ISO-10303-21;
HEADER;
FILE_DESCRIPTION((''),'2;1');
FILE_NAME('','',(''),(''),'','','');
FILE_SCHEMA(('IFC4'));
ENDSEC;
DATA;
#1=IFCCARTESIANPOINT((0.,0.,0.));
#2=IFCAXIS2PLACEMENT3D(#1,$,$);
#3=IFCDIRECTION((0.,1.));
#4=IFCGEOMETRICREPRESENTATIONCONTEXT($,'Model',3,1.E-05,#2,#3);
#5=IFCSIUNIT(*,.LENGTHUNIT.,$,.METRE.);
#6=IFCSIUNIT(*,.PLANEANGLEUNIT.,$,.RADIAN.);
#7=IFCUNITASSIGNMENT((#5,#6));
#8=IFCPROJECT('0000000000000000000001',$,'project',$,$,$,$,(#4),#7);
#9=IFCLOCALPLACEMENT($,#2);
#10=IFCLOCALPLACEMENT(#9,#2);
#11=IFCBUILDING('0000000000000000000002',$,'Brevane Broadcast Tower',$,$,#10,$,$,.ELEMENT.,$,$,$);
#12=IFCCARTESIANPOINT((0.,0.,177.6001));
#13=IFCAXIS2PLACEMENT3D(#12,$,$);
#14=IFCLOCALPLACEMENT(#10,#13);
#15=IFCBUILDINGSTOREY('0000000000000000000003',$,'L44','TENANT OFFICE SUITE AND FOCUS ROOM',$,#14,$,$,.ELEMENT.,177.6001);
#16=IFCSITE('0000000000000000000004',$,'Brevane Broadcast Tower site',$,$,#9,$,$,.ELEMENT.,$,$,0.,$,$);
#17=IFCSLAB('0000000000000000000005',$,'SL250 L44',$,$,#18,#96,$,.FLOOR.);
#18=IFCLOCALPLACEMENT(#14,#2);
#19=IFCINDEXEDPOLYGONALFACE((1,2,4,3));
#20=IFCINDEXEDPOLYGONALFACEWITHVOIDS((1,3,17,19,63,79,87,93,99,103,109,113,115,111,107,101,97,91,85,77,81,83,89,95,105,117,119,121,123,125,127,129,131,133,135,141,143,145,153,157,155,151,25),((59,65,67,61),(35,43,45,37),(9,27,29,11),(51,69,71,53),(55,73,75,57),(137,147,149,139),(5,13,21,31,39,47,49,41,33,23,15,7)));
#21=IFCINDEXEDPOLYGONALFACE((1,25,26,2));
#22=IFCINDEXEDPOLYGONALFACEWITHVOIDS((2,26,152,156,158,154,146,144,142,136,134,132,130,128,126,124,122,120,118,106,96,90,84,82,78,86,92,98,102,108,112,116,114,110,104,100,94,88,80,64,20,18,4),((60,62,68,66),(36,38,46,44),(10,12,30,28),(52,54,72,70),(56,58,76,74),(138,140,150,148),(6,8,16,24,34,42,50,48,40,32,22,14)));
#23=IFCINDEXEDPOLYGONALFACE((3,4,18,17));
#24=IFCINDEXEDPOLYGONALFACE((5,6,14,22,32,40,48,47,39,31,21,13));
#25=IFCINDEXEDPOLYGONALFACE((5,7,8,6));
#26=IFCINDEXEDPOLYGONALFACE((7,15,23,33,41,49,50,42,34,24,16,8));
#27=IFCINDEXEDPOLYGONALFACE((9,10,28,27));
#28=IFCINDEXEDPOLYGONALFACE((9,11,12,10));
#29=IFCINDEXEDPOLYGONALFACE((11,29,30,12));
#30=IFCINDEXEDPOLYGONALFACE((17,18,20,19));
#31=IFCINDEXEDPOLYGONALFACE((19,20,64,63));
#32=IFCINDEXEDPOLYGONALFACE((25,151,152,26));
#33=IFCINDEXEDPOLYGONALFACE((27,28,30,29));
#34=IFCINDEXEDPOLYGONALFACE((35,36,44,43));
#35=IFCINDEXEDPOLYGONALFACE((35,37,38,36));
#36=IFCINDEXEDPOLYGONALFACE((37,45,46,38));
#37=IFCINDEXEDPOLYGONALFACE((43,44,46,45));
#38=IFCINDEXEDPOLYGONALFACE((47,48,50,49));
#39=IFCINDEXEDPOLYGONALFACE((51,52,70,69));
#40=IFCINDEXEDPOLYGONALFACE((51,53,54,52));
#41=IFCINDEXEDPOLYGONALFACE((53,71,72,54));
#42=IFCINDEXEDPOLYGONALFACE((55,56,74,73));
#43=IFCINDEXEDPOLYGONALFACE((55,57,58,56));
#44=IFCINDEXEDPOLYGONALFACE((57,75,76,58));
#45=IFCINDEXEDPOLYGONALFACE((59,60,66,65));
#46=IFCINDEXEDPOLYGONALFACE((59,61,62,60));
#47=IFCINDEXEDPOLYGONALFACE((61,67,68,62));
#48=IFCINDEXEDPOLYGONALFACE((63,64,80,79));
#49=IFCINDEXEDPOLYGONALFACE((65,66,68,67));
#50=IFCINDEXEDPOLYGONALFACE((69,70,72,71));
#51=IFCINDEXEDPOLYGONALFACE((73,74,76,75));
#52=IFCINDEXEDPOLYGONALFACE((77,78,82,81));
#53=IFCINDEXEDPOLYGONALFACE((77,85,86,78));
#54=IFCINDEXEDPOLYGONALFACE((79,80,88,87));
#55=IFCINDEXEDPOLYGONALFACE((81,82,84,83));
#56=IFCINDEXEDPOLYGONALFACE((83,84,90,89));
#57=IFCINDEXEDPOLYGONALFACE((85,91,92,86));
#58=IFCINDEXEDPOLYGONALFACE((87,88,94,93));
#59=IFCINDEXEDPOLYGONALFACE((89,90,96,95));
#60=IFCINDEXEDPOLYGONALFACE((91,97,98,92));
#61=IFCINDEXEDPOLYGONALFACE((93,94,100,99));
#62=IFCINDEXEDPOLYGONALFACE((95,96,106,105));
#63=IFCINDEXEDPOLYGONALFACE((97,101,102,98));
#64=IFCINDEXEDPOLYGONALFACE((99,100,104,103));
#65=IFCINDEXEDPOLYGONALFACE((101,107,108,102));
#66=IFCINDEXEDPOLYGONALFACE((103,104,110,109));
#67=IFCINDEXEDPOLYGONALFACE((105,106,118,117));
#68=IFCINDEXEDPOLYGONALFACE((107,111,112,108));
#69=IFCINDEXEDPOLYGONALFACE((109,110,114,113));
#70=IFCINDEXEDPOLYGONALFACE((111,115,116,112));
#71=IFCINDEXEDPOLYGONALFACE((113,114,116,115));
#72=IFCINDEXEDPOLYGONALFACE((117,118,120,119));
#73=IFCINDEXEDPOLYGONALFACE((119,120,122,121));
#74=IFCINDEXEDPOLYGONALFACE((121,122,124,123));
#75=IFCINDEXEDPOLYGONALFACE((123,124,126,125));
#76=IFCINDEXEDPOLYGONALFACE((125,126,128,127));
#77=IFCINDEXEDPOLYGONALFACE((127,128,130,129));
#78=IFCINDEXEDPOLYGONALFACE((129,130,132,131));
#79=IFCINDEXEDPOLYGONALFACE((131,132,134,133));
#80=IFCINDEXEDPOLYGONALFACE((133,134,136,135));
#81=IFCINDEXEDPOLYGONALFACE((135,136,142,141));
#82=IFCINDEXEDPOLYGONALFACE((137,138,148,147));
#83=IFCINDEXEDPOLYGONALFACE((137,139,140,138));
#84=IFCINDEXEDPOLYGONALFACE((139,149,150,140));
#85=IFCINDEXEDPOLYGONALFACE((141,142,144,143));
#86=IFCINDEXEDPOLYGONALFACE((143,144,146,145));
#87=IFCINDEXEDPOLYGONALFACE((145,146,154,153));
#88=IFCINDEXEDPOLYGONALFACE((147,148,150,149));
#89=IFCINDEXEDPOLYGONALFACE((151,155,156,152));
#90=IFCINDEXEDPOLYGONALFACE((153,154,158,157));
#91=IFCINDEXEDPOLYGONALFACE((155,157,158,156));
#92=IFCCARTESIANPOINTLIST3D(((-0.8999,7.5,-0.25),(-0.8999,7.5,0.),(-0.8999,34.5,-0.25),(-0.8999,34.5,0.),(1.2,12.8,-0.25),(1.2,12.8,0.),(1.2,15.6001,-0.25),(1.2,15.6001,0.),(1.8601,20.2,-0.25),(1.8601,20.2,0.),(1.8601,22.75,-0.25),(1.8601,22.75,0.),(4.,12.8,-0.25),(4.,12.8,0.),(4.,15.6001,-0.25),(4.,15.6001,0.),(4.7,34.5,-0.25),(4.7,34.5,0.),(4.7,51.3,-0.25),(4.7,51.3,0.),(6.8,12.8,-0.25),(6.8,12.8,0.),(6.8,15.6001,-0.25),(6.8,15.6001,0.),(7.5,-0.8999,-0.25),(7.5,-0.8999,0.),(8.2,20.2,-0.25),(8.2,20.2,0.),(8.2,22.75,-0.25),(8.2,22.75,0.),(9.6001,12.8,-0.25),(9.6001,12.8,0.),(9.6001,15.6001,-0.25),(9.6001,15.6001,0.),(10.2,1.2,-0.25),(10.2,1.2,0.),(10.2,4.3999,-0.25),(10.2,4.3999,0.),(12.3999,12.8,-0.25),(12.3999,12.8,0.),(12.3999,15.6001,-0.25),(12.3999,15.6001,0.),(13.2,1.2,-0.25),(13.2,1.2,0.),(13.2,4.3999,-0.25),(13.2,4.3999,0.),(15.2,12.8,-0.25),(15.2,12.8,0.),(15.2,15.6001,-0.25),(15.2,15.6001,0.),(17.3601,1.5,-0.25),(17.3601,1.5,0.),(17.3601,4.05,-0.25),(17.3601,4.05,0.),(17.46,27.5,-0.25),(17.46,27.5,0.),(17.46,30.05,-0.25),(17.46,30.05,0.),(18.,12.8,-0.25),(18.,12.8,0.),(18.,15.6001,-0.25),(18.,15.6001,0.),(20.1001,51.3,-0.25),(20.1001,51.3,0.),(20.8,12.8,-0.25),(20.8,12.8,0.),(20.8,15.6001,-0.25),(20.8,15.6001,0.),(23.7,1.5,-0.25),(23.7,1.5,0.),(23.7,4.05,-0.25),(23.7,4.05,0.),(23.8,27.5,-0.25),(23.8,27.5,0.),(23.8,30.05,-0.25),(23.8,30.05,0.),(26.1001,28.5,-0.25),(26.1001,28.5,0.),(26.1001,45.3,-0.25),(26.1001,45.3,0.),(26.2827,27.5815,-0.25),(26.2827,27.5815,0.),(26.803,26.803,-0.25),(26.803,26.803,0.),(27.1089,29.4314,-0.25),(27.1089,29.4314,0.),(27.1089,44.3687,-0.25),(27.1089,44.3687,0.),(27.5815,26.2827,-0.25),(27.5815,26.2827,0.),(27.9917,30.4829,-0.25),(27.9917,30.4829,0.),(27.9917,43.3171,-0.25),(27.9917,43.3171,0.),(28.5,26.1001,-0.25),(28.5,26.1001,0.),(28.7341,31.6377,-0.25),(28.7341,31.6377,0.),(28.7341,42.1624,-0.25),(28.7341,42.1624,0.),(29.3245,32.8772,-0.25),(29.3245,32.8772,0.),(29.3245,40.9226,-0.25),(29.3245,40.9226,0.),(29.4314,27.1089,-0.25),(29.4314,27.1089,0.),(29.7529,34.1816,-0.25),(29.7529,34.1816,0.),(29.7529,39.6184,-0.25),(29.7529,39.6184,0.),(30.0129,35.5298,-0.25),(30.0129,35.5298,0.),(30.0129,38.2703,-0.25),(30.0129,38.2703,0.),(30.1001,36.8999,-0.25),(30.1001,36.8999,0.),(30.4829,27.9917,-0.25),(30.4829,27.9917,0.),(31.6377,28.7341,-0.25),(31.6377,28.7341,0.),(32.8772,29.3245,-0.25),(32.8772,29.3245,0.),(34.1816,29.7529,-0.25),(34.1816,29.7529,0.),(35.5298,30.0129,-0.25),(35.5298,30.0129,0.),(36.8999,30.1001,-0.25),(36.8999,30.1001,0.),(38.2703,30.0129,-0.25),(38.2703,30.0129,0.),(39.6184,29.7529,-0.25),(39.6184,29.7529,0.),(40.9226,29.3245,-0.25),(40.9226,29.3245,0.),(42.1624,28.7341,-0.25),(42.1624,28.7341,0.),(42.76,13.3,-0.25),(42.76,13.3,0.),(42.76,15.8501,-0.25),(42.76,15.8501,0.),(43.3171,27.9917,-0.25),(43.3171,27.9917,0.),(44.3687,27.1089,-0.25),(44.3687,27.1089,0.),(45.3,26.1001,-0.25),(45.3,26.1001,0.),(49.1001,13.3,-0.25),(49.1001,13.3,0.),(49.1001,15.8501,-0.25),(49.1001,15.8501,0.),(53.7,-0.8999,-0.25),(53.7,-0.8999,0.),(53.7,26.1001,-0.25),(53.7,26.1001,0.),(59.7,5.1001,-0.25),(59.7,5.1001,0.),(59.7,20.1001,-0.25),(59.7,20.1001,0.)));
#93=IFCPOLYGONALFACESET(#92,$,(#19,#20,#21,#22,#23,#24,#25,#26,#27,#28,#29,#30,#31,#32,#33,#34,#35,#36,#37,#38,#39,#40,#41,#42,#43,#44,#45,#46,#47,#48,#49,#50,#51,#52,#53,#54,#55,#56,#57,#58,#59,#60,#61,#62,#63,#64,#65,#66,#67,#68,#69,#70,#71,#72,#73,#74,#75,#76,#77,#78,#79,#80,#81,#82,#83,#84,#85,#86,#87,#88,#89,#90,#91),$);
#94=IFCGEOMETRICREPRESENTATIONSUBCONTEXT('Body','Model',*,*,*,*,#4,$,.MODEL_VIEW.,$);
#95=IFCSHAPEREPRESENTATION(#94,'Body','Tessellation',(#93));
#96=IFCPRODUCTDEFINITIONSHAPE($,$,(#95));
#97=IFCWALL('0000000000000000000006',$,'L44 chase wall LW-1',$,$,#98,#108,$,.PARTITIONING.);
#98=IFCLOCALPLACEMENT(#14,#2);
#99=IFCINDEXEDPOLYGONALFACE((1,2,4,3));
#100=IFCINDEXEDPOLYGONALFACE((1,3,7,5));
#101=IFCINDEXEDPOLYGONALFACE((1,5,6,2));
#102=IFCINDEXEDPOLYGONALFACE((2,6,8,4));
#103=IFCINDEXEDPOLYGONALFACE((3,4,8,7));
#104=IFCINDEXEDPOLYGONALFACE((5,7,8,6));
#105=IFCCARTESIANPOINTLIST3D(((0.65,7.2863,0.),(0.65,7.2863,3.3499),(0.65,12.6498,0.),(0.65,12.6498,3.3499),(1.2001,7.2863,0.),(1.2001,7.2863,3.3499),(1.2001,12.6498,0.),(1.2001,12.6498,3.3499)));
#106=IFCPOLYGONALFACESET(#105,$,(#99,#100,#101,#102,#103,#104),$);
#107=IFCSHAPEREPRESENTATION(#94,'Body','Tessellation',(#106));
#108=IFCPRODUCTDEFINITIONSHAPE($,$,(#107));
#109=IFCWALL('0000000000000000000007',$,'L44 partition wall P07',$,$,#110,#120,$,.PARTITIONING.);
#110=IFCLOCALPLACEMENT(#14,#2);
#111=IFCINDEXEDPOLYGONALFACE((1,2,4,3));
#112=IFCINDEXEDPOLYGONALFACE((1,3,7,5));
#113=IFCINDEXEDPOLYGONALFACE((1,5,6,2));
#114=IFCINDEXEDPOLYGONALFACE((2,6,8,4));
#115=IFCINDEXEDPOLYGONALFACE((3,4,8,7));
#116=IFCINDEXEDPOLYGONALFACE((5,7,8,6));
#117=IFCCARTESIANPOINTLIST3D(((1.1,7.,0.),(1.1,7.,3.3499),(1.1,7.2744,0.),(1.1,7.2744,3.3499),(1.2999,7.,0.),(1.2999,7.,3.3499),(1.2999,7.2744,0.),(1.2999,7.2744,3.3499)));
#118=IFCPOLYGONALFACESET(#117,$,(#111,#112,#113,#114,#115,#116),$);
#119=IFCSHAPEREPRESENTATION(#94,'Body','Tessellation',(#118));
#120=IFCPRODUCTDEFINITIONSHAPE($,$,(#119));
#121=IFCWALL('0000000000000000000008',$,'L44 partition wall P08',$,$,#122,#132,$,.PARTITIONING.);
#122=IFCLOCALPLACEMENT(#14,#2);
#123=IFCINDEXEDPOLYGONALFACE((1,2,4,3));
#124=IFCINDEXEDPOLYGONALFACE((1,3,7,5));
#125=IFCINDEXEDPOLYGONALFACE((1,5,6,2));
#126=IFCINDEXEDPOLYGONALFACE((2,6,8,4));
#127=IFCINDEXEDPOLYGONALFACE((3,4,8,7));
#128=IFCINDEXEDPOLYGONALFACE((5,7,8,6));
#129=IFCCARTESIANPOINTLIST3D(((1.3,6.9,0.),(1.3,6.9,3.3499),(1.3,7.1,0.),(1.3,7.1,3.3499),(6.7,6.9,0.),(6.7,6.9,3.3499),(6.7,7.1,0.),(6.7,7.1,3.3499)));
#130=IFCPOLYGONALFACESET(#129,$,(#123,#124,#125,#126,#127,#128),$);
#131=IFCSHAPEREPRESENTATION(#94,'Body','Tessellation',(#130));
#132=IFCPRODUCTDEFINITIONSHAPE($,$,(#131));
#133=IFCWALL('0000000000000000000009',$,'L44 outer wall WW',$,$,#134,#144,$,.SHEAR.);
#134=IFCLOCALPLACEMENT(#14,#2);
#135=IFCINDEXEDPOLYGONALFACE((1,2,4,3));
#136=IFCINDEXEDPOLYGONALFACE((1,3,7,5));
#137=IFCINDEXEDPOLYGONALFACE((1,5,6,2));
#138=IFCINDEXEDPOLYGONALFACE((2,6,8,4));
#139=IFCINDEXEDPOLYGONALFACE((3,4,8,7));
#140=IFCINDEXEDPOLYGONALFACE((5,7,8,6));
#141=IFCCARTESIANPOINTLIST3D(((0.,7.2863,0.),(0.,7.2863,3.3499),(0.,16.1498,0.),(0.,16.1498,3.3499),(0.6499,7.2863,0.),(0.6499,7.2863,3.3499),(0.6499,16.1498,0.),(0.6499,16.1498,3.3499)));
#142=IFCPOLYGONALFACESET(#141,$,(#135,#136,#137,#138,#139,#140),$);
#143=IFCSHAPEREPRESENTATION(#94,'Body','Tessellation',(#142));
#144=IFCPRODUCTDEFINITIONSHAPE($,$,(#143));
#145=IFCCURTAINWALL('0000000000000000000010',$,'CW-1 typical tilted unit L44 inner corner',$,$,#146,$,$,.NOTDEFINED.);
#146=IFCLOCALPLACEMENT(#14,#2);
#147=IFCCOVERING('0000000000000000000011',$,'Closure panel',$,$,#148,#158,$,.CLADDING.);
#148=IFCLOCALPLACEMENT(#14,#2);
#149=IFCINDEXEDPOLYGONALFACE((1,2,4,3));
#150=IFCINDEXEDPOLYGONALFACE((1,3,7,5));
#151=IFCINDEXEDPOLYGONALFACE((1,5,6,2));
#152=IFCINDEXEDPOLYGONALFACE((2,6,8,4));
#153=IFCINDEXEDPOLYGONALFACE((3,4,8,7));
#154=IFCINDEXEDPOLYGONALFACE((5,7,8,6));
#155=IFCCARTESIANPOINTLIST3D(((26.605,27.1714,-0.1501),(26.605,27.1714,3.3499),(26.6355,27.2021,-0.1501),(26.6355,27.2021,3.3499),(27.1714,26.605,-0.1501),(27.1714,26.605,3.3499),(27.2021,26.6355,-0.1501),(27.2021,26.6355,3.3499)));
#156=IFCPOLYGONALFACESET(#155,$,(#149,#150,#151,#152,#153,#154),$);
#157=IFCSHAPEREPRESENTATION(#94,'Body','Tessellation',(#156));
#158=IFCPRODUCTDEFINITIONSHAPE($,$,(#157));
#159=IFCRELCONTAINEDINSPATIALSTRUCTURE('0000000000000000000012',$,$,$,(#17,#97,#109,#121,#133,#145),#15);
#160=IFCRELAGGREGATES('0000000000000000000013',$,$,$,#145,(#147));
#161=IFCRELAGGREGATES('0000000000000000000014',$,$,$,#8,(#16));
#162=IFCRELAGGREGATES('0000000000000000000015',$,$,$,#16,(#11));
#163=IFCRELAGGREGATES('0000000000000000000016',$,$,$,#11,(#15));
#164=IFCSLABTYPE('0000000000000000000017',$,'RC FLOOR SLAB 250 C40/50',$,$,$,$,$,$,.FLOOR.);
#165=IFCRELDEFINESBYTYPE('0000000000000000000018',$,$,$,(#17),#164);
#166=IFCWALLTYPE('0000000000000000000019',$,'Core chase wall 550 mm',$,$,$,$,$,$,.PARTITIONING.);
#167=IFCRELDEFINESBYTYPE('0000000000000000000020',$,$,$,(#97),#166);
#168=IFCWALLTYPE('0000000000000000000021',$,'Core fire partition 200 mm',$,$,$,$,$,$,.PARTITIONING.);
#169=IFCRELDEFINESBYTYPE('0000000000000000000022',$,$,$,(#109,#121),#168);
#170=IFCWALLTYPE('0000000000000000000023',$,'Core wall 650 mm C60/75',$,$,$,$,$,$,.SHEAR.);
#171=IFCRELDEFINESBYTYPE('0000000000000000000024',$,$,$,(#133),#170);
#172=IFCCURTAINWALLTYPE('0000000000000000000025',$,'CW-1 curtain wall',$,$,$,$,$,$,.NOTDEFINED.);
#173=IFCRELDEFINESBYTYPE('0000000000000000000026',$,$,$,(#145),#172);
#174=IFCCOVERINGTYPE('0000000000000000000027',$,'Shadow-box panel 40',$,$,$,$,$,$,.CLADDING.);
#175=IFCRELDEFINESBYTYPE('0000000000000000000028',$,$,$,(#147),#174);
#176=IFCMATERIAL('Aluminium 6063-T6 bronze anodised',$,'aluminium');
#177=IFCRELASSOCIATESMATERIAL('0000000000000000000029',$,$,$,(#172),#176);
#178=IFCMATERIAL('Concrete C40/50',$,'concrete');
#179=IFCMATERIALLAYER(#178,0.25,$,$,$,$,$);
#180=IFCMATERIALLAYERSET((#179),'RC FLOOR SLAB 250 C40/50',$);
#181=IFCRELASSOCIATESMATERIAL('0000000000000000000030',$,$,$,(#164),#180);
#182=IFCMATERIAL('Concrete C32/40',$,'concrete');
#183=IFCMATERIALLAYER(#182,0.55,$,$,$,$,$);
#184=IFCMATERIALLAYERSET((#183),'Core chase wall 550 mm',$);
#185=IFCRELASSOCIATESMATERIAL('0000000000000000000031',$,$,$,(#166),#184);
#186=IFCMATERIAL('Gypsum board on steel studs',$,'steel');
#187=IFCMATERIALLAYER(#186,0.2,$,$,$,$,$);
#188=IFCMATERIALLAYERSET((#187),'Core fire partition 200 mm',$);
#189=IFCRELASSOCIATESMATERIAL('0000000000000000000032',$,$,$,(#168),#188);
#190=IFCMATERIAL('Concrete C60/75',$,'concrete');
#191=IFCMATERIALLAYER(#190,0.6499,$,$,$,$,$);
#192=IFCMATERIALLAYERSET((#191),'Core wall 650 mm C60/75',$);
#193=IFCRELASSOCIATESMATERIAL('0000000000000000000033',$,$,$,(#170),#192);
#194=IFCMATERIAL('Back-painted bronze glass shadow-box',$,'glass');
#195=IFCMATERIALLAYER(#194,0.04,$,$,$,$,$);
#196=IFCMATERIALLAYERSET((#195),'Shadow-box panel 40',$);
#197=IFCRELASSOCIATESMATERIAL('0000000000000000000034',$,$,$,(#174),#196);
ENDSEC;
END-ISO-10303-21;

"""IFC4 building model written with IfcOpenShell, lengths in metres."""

from ifc_helpers import new_model, si_unit, direction, frame, frame_2d, origin, place, context, subcontext, project, spatial, polyline, rectangle, outline, extrude, material, layer, layer_set, type_object, element, aggregate, save


model = new_model("IFC4")

# Units and contexts
model_context = context("Model", 3, precision=1e-05, world=origin(), true_north=direction((0.0, 1.0)))
body_context = subcontext(model_context, "Body", "Model", "MODEL_VIEW")
ifc_project = project(units=[si_unit("LENGTHUNIT", "METRE"), si_unit("PLANEANGLEUNIT", "RADIAN")], contexts=[model_context])

# Site, building, storey
site_placement = place(None, origin())
site = spatial("IfcSite", under=ifc_project, at=site_placement, Name="Brevane Broadcast Tower site", CompositionType="ELEMENT", RefElevation=0.0)
building_placement = place(site_placement, origin())
building = spatial("IfcBuilding", under=site, at=building_placement, Name="Brevane Broadcast Tower", CompositionType="ELEMENT")
storey_placement = place(building_placement, frame((0.0, 0.0, 177.6001)))
storey = spatial("IfcBuildingStorey", under=building, at=storey_placement, Name="L44", Description="TENANT OFFICE SUITE AND FOCUS ROOM", CompositionType="ELEMENT", Elevation=177.6001)

# Shared definitions
ifc_material_1 = material(Name="Aluminium 6063-T6 bronze anodised", Category="aluminium")
curtain_wall_type = type_object("IfcCurtainWallType", Name="CW-1 curtain wall", PredefinedType="NOTDEFINED", material=ifc_material_1)

# Slab
ifc_material_2 = material(Name="Concrete C40/50", Category="concrete")
ifc_layer_1 = layer(ifc_material_2, 0.25)
ifc_layer_set_1 = layer_set([ifc_layer_1], Name="RC FLOOR SLAB 250 C40/50")
slab_type_1 = type_object("IfcSlabType", Name="RC FLOOR SLAB 250 C40/50", PredefinedType="FLOOR", material=ifc_layer_set_1)
slab_1_placement = place(storey_placement, frame((0.0, 0.0, -0.25)))
element("IfcSlab", 1, at=slab_1_placement, inside=storey, type_object=slab_type_1, Name="SL250 L44", PredefinedType="FLOOR", context=body_context, shape_type="SweptSolid", body=[
    extrude(outline(polyline([(-0.8999, 7.5), (-0.8999, 34.5), (4.7, 34.5), (4.7, 51.3), (20.1001, 51.3), (26.1001, 45.3), (27.1089, 44.3687), (27.9917, 43.3171), (28.7341, 42.1624), (29.3245, 40.9226), (29.7529, 39.6184), (30.0129, 38.2703), (30.1001, 36.8999), (30.0129, 35.5298), (29.7529, 34.1816), (29.3245, 32.8772), (28.7341, 31.6377), (27.9917, 30.4829), (27.1089, 29.4314), (26.1001, 28.5), (26.2827, 27.5815), (26.803, 26.803), (27.5815, 26.2827), (28.5, 26.1001), (29.4314, 27.1089), (30.4829, 27.9917), (31.6377, 28.7341), (32.8772, 29.3245), (34.1816, 29.7529), (35.5298, 30.0129), (36.8999, 30.1001), (38.2703, 30.0129), (39.6184, 29.7529), (40.9226, 29.3245), (42.1624, 28.7341), (43.3171, 27.9917), (44.3687, 27.1089), (45.3, 26.1001), (53.7, 26.1001), (59.7, 20.1001), (59.7, 5.1001), (53.7, -0.8999), (7.5, -0.8999), (-0.8999, 7.5)]), holes=[polyline([(13.2, 4.3999), (10.2, 4.3999), (10.2, 1.2), (13.2, 1.2), (13.2, 4.3999)]), polyline([(4.0, 15.6001), (1.2, 15.6001), (1.2, 12.8), (4.0, 12.8), (6.8, 12.8), (9.6001, 12.8), (12.3999, 12.8), (15.2, 12.8), (15.2, 15.6001), (12.3999, 15.6001), (9.6001, 15.6001), (6.8, 15.6001), (4.0, 15.6001)]), polyline([(1.8601, 22.75), (1.8601, 20.2), (8.2, 20.2), (8.2, 22.75), (1.8601, 22.75)]), polyline([(23.7, 4.05), (17.3601, 4.05), (17.3601, 1.5), (23.7, 1.5), (23.7, 4.05)]), polyline([(20.8, 15.6001), (18.0, 15.6001), (18.0, 12.8), (20.8, 12.8), (20.8, 15.6001)]), polyline([(49.1001, 15.8501), (42.76, 15.8501), (42.76, 13.3), (49.1001, 13.3), (49.1001, 15.8501)]), polyline([(23.8, 30.05), (17.46, 30.05), (17.46, 27.5), (23.8, 27.5), (23.8, 30.05)])]), origin(), (0.0, 0.0, 1.0), 0.25),
])

# Walls
ifc_material_3 = material(Name="Concrete C32/40", Category="concrete")
ifc_layer_2 = layer(ifc_material_3, 0.55)
ifc_layer_set_2 = layer_set([ifc_layer_2], Name="Core chase wall 550 mm")
wall_type_1 = type_object("IfcWallType", Name="Core chase wall 550 mm", PredefinedType="PARTITIONING", material=ifc_layer_set_2)
wall_1_placement = place(storey_placement, frame((0.925, 7.2864, 0.0), z_axis=(0.0, 0.0, 1.0), x_axis=(0.0, 1.0, 0.0)))
element("IfcWall", 2, at=wall_1_placement, inside=storey, type_object=wall_type_1, Name="L44 chase wall LW-1", PredefinedType="PARTITIONING", context=body_context, shape_type="SweptSolid", body=[
    extrude(rectangle(XDim=5.3635, YDim=0.55, at=frame_2d((2.6816, 0.0))), origin(), (0.0, 0.0, 1.0), 3.3499),
])
ifc_material_4 = material(Name="Gypsum board on steel studs", Category="steel")
ifc_layer_3 = layer(ifc_material_4, 0.2)
ifc_layer_set_3 = layer_set([ifc_layer_3], Name="Core fire partition 200 mm")
wall_type_2 = type_object("IfcWallType", Name="Core fire partition 200 mm", PredefinedType="PARTITIONING", material=ifc_layer_set_3)
wall_2_placement = place(storey_placement, frame((1.2, 7.2744, 0.0), z_axis=(0.0, 0.0, 1.0), x_axis=(0.0, -1.0, 0.0)))
element("IfcWall", 3, at=wall_2_placement, inside=storey, type_object=wall_type_2, Name="L44 partition wall P07", PredefinedType="PARTITIONING", context=body_context, shape_type="SweptSolid", body=[
    extrude(rectangle(XDim=0.2744, YDim=0.2, at=frame_2d((0.1372, 0.0))), origin(), (0.0, 0.0, 1.0), 3.3499),
])
wall_3_placement = place(storey_placement, frame((1.3, 7.0, 0.0), z_axis=(0.0, 0.0, 1.0), x_axis=(1.0, 0.0, 0.0)))
element("IfcWall", 4, at=wall_3_placement, inside=storey, type_object=wall_type_2, Name="L44 partition wall P08", PredefinedType="PARTITIONING", context=body_context, shape_type="SweptSolid", body=[
    extrude(rectangle(XDim=5.3999, YDim=0.2, at=frame_2d((2.7, 0.0))), origin(), (0.0, 0.0, 1.0), 3.3499),
])
ifc_material_5 = material(Name="Concrete C60/75", Category="concrete")
ifc_layer_4 = layer(ifc_material_5, 0.6499)
ifc_layer_set_4 = layer_set([ifc_layer_4], Name="Core wall 650 mm C60/75")
wall_type_3 = type_object("IfcWallType", Name="Core wall 650 mm C60/75", PredefinedType="SHEAR", material=ifc_layer_set_4)
wall_4_placement = place(storey_placement, frame((0.325, 7.2864, 0.0), z_axis=(0.0, 0.0, 1.0), x_axis=(0.0, 1.0, 0.0)))
element("IfcWall", 5, at=wall_4_placement, inside=storey, type_object=wall_type_3, Name="L44 outer wall WW", PredefinedType="SHEAR", context=body_context, shape_type="SweptSolid", body=[
    extrude(rectangle(XDim=8.8635, YDim=0.6499, at=frame_2d((4.4316, 0.0))), origin(), (0.0, 0.0, 1.0), 3.3499),
])

# Curtain wall, covering
curtain_wall_1_placement = place(storey_placement, origin())
curtain_wall_1 = element("IfcCurtainWall", 6, at=curtain_wall_1_placement, inside=storey, type_object=curtain_wall_type, Name="CW-1 typical tilted unit L44 inner corner", PredefinedType="NOTDEFINED")
ifc_material_6 = material(Name="Back-painted bronze glass shadow-box", Category="glass")
ifc_layer_5 = layer(ifc_material_6, 0.04)
ifc_layer_set_5 = layer_set([ifc_layer_5], Name="Shadow-box panel 40")
covering_type = type_object("IfcCoveringType", Name="Shadow-box panel 40", PredefinedType="CLADDING", material=ifc_layer_set_5)
covering_placement = place(storey_placement, frame((0.0, 0.0, -0.1501)))
covering = element("IfcCovering", 7, at=covering_placement, type_object=covering_type, Name="Closure panel", PredefinedType="CLADDING", context=body_context, shape_type="SweptSolid", body=[
    extrude(outline(polyline([(27.1714, 26.605), (27.2021, 26.6355), (26.6355, 27.2021), (26.605, 27.1714), (27.1714, 26.605)])), origin(), (0.0, 0.0, 1.0), 3.5),
])
aggregate(curtain_wall_1, [covering])

save(model, "model.ifc")
